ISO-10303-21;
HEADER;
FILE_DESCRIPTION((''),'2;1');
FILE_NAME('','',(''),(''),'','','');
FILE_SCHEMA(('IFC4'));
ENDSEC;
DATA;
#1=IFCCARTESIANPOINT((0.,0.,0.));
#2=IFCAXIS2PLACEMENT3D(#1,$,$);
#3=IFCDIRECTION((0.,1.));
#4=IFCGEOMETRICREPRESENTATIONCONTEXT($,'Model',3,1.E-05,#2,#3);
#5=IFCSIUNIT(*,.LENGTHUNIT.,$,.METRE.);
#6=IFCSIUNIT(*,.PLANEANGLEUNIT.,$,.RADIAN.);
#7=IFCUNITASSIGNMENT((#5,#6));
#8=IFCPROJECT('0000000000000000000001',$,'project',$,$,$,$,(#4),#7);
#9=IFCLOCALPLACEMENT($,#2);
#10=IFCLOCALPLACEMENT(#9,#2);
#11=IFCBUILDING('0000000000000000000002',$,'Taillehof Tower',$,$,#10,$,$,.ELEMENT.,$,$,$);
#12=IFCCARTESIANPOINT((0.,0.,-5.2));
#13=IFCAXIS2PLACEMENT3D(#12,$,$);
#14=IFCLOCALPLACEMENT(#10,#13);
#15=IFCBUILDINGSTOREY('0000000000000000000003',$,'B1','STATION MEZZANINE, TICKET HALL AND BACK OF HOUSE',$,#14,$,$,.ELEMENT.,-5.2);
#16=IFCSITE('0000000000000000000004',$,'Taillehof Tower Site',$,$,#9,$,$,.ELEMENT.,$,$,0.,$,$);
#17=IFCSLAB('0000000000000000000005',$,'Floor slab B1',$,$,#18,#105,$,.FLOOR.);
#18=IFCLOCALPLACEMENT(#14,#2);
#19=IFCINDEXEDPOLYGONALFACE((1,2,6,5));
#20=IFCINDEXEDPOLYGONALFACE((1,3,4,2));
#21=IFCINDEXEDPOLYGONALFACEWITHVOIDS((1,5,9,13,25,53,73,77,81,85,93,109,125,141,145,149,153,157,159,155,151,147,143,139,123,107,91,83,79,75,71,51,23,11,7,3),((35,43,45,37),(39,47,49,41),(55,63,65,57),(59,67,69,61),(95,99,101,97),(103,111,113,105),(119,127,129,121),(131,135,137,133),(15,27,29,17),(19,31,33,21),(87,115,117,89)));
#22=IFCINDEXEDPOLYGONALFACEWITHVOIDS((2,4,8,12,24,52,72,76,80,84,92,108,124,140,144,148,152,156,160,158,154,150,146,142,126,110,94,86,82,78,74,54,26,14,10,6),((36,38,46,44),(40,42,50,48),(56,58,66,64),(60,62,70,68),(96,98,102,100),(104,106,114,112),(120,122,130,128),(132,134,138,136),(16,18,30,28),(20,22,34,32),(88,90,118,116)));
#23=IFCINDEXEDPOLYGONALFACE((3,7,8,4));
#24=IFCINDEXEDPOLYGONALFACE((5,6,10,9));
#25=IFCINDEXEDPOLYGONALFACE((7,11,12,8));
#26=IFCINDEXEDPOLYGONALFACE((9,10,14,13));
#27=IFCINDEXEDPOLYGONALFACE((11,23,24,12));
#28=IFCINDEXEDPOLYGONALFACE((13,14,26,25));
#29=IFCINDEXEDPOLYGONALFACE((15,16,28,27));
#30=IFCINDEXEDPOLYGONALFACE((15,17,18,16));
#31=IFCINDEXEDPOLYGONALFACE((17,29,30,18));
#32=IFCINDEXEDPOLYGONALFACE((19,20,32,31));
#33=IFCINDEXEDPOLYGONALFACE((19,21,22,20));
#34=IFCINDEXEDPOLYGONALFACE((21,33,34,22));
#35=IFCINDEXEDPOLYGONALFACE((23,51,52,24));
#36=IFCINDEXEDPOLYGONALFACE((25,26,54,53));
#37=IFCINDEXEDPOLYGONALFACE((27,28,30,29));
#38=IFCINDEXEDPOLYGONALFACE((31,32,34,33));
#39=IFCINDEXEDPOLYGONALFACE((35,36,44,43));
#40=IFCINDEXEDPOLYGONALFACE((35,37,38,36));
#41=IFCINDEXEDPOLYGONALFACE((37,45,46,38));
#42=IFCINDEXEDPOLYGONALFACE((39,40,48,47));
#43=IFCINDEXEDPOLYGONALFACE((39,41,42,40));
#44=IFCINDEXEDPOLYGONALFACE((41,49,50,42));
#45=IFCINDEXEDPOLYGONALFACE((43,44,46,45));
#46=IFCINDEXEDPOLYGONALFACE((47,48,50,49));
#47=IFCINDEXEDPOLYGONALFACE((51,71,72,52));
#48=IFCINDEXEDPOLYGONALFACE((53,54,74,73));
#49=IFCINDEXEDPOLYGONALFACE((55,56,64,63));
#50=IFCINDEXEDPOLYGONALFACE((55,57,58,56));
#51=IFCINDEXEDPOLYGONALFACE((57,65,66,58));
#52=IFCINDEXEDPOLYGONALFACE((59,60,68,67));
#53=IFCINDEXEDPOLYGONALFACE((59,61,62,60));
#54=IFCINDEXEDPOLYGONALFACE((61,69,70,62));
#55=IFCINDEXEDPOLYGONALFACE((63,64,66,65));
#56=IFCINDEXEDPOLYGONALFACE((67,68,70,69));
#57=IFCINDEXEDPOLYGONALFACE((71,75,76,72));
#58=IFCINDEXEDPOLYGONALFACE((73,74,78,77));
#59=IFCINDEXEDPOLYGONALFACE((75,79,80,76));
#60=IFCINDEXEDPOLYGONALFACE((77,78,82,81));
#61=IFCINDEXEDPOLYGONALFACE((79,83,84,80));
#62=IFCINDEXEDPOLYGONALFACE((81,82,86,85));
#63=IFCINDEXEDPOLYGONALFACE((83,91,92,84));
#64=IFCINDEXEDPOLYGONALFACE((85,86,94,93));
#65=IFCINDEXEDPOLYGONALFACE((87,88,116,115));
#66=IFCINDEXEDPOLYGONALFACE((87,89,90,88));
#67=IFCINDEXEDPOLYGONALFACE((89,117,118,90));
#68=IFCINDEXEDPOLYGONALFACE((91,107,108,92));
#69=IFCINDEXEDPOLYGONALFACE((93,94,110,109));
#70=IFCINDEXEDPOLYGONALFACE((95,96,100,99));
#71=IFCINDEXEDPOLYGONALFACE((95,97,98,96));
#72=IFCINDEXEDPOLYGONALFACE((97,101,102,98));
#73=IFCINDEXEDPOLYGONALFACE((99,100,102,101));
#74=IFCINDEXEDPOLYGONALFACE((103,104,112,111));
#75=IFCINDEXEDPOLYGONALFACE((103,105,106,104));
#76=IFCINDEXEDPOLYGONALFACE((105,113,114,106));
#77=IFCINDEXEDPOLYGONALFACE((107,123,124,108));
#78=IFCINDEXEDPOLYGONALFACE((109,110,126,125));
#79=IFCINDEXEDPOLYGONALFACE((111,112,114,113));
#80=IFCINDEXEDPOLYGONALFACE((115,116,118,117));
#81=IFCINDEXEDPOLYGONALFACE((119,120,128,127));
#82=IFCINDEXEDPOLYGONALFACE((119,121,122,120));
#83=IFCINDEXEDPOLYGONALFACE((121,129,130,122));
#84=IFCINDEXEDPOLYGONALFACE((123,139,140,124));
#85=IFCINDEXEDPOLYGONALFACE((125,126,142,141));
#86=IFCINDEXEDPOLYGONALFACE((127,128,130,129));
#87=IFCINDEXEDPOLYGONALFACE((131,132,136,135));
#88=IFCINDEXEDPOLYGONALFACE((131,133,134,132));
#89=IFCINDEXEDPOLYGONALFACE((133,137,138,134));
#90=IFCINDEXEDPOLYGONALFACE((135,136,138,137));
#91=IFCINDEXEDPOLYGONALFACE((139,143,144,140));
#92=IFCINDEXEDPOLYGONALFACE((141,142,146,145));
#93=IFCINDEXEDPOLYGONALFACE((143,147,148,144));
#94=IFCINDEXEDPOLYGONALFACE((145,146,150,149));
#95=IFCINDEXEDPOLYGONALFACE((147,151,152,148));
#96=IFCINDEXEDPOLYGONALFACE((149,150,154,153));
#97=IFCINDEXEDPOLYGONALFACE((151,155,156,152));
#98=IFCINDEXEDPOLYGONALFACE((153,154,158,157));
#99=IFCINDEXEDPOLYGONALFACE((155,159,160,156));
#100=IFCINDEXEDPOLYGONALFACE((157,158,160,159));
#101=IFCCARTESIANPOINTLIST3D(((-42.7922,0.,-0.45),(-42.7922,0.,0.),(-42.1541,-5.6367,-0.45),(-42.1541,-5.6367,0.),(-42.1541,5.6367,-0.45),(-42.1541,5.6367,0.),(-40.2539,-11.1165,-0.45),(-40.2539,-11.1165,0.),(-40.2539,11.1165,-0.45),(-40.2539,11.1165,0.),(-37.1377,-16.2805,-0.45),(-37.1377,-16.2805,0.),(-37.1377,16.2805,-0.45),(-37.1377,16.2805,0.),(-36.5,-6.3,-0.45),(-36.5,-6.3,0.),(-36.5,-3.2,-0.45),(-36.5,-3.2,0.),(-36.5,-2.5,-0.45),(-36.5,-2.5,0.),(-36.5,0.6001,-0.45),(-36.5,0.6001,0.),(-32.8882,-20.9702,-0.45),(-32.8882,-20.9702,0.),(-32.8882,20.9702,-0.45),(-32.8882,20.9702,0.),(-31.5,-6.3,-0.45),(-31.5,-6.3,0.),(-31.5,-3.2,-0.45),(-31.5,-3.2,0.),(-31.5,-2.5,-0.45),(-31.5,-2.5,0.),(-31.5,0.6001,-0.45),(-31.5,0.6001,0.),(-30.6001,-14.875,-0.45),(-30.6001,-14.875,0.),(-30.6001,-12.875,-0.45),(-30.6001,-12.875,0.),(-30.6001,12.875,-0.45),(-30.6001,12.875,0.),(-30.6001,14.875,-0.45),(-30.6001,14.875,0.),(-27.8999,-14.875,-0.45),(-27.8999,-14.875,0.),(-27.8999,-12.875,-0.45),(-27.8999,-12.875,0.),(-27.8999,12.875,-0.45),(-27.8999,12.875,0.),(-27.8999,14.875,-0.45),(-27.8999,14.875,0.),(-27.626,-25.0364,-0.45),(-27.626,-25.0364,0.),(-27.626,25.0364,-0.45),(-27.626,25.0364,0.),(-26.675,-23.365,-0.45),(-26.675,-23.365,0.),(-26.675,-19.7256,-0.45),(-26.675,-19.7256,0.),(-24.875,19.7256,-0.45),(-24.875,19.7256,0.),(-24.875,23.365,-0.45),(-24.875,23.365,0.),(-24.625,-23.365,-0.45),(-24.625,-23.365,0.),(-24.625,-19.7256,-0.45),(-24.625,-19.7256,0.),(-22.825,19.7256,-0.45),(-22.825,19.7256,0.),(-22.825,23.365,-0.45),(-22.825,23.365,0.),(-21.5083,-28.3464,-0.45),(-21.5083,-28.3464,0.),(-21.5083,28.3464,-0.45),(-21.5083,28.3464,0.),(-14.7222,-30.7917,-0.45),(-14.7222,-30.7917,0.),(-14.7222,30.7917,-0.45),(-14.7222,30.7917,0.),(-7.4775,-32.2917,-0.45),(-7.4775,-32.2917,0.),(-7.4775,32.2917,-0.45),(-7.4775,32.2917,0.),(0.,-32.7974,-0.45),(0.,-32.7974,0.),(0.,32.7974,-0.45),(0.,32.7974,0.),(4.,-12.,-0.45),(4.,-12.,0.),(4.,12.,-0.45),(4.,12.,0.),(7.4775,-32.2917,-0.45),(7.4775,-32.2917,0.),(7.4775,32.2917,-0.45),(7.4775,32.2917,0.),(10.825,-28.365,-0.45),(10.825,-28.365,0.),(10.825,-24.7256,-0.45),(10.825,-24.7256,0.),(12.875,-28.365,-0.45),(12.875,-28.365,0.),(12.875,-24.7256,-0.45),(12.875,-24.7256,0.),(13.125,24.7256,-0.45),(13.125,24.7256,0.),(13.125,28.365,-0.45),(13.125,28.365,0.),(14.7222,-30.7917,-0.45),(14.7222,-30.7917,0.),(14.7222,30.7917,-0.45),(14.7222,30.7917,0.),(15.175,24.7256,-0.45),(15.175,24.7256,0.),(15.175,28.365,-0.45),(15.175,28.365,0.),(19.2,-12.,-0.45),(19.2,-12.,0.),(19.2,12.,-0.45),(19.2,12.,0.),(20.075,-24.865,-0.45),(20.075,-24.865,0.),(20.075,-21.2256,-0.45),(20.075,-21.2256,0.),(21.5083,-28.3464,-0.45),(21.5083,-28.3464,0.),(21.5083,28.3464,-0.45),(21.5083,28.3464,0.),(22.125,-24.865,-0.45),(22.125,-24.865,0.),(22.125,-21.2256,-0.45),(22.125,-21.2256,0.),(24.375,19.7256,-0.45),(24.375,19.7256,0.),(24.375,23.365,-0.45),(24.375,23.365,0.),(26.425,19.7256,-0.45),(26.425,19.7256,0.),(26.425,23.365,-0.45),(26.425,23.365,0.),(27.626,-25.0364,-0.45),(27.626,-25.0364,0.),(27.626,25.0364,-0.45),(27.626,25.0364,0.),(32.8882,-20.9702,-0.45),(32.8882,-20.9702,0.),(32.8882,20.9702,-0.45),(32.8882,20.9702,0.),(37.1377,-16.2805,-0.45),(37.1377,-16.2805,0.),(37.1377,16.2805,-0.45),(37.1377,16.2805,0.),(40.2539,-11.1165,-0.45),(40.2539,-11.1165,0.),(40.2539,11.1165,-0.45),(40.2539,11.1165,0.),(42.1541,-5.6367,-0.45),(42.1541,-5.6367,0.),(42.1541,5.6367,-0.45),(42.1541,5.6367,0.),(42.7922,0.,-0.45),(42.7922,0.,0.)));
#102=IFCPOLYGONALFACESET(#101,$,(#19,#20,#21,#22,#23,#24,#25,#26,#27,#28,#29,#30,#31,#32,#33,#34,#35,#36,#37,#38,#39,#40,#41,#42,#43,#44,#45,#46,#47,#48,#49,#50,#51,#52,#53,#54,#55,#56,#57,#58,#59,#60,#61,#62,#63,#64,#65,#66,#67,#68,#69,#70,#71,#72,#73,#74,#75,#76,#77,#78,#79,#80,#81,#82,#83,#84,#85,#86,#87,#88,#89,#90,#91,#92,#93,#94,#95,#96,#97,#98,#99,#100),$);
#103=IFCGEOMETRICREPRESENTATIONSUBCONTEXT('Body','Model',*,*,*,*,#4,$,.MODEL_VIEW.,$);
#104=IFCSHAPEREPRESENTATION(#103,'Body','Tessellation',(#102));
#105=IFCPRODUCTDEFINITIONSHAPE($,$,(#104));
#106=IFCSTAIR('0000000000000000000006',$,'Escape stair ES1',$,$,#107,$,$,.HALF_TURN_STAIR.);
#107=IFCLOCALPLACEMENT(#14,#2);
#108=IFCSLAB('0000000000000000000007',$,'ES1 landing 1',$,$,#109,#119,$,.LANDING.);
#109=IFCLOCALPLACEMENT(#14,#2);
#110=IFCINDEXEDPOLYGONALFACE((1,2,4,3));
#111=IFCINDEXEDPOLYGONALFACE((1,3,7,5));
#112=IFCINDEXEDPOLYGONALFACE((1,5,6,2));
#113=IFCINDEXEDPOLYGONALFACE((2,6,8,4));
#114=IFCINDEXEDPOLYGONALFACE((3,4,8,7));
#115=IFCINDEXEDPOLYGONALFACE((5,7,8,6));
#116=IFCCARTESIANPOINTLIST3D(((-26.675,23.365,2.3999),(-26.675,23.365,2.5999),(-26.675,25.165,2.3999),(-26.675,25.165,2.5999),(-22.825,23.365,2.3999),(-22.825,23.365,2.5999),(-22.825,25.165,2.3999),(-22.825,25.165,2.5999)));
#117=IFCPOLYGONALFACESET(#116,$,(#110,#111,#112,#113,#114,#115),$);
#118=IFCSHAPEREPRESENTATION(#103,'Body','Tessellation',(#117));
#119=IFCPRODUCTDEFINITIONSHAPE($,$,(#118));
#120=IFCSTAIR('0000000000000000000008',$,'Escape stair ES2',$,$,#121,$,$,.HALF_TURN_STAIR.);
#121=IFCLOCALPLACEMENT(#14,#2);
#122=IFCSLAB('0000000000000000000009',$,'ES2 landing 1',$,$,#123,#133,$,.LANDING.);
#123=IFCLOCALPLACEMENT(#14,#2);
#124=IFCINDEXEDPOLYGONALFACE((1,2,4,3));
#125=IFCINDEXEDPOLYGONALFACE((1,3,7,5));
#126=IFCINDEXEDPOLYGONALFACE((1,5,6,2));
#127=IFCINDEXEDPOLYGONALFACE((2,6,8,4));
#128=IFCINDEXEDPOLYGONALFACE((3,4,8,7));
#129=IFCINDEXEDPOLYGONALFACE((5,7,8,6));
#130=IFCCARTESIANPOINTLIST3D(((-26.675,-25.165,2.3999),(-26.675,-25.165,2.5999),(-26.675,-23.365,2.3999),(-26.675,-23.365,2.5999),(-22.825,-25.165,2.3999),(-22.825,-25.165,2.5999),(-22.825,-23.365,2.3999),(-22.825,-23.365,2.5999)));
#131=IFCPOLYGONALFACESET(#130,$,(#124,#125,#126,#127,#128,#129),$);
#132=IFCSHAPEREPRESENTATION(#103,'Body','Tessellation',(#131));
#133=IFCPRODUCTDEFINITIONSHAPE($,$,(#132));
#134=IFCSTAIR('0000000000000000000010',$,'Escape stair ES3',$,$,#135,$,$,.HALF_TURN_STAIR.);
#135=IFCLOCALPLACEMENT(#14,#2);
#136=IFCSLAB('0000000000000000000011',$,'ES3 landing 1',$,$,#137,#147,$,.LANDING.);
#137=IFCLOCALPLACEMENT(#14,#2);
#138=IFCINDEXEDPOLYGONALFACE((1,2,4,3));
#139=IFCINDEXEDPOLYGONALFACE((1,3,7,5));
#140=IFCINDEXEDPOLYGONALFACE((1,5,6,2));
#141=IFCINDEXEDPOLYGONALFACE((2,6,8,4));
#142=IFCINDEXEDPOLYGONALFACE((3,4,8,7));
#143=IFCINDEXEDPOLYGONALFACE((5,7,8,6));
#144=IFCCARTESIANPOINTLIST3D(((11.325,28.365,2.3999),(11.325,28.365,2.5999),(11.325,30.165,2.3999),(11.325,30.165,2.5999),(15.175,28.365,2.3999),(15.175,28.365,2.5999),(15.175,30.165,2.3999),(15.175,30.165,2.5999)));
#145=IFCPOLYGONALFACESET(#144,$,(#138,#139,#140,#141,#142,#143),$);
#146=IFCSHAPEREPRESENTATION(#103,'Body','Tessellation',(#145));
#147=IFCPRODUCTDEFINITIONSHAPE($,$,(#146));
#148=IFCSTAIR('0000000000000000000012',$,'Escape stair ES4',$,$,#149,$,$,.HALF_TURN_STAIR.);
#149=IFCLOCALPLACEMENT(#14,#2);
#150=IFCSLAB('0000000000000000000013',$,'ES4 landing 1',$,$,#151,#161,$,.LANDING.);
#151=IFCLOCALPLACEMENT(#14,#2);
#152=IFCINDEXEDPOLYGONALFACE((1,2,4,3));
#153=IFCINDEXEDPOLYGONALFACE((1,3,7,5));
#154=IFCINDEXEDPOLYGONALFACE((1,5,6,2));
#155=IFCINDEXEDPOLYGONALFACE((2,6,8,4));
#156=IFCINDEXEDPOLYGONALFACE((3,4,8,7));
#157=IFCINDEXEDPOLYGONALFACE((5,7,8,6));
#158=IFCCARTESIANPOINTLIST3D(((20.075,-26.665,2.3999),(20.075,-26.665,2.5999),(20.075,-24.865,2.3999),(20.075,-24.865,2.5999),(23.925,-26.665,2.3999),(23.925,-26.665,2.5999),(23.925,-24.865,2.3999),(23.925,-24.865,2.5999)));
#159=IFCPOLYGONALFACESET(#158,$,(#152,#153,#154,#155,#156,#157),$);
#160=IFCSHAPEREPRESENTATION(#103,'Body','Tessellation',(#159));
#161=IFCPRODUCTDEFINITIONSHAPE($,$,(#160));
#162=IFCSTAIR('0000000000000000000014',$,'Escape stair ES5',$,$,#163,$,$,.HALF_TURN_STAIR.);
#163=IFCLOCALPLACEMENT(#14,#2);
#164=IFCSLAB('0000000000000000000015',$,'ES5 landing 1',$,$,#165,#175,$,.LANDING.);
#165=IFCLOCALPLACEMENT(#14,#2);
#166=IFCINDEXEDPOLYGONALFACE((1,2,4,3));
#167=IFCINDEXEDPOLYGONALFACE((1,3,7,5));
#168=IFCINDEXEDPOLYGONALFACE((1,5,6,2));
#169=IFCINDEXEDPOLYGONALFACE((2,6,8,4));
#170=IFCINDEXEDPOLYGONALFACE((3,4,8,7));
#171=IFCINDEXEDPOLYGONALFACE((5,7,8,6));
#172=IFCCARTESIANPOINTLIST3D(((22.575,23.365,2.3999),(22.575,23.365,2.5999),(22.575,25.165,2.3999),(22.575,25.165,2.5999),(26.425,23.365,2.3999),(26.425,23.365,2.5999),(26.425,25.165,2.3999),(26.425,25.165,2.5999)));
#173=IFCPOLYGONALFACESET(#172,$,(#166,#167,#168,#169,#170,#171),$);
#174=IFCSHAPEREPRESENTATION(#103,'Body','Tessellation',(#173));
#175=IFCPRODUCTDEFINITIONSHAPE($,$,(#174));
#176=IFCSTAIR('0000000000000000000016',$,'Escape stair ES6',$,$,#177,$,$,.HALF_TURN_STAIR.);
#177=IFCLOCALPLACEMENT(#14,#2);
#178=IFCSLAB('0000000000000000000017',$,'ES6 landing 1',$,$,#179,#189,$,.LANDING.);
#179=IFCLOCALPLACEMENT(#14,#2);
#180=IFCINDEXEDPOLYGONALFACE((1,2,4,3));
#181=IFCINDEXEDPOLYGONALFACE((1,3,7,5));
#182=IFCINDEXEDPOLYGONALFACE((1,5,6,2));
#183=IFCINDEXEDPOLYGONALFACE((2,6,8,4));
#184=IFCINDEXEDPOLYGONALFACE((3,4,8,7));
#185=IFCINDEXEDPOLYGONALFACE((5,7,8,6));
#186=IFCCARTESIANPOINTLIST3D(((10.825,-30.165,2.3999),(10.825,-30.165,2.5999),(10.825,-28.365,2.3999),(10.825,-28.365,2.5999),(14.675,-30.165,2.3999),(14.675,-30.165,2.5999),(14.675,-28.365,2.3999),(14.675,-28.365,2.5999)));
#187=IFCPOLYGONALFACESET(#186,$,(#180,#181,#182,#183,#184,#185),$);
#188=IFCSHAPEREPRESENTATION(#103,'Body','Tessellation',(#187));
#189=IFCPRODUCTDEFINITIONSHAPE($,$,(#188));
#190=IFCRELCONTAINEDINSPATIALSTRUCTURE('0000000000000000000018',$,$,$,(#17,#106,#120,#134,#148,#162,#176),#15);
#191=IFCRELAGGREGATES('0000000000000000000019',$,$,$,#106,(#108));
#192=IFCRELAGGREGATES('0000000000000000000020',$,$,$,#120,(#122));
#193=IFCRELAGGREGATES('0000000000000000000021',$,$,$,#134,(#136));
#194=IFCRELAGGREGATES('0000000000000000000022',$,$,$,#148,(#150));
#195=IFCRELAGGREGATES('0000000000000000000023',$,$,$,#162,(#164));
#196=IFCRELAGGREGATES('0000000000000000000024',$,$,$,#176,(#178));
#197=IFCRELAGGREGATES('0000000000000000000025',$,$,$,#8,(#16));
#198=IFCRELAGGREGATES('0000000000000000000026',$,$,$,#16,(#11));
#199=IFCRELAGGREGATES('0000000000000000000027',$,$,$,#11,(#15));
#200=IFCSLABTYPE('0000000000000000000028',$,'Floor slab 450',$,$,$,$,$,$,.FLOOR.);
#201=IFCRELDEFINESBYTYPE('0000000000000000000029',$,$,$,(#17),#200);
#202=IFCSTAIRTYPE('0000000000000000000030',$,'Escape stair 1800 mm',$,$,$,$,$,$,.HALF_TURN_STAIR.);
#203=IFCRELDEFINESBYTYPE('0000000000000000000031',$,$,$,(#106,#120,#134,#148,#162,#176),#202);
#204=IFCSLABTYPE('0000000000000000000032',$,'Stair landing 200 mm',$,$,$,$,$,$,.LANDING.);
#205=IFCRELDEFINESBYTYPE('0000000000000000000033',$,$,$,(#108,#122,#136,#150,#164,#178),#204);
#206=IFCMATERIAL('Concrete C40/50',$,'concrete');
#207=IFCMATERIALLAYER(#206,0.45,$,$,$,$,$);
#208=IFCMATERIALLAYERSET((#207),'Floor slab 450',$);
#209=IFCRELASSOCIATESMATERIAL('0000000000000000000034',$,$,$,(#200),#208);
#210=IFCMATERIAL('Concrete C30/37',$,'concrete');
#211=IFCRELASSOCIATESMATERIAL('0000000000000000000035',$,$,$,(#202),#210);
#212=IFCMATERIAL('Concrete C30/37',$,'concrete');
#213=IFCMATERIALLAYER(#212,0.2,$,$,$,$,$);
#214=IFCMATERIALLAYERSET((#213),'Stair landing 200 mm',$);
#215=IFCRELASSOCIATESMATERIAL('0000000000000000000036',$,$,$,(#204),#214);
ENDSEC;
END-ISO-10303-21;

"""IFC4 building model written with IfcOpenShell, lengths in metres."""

from ifc_helpers import new_model, si_unit, direction, frame, origin, place, context, subcontext, project, spatial, polyline, outline, extrude, material, layer, layer_set, type_object, element, aggregate, save


model = new_model("IFC4")

# Units and contexts
model_context = context("Model", 3, precision=1e-05, world=origin(), true_north=direction((0.0, 1.0)))
body_context = subcontext(model_context, "Body", "Model", "MODEL_VIEW")
ifc_project = project(units=[si_unit("LENGTHUNIT", "METRE"), si_unit("PLANEANGLEUNIT", "RADIAN")], contexts=[model_context])

# Site, building, storey
site_placement = place(None, origin())
site = spatial("IfcSite", under=ifc_project, at=site_placement, Name="Taillehof Tower Site", CompositionType="ELEMENT", RefElevation=0.0)
building_placement = place(site_placement, origin())
building = spatial("IfcBuilding", under=site, at=building_placement, Name="Taillehof Tower", CompositionType="ELEMENT")
storey_placement = place(building_placement, frame((0.0, 0.0, -5.2)))
storey = spatial("IfcBuildingStorey", under=building, at=storey_placement, Name="B1", Description="STATION MEZZANINE, TICKET HALL AND BACK OF HOUSE", CompositionType="ELEMENT", Elevation=-5.2)

# Slab
ifc_material_1 = material(Name="Concrete C40/50", Category="concrete")
ifc_layer_1 = layer(ifc_material_1, 0.45)
ifc_layer_set_1 = layer_set([ifc_layer_1], Name="Floor slab 450")
slab_type_1 = type_object("IfcSlabType", Name="Floor slab 450", PredefinedType="FLOOR", material=ifc_layer_set_1)
slab_1_placement = place(storey_placement, frame((0.0, 0.0, -0.45)))
element("IfcSlab", 1, at=slab_1_placement, inside=storey, type_object=slab_type_1, Name="Floor slab B1", PredefinedType="FLOOR", context=body_context, shape_type="SweptSolid", body=[
    extrude(outline(polyline([(42.7922, 0.0), (42.1541, 5.6367), (40.2539, 11.1165), (37.1377, 16.2805), (32.8882, 20.9702), (27.626, 25.0364), (21.5083, 28.3464), (14.7222, 30.7917), (7.4775, 32.2917), (0.0, 32.7974), (-7.4775, 32.2917), (-14.7222, 30.7917), (-21.5083, 28.3464), (-27.626, 25.0364), (-32.8882, 20.9702), (-37.1377, 16.2805), (-40.2539, 11.1165), (-42.1541, 5.6367), (-42.7922, 0.0), (-42.1541, -5.6367), (-40.2539, -11.1165), (-37.1377, -16.2805), (-32.8882, -20.9702), (-27.626, -25.0364), (-21.5083, -28.3464), (-14.7222, -30.7917), (-7.4775, -32.2917), (0.0, -32.7974), (7.4775, -32.2917), (14.7222, -30.7917), (21.5083, -28.3464), (27.626, -25.0364), (32.8882, -20.9702), (37.1377, -16.2805), (40.2539, -11.1165), (42.1541, -5.6367), (42.7922, 0.0)]), holes=[polyline([(-26.675, -19.7256), (-24.625, -19.7256), (-24.625, -23.365), (-26.675, -23.365), (-26.675, -19.7256)]), polyline([(-27.8999, -12.875), (-27.8999, -14.875), (-30.6001, -14.875), (-30.6001, -12.875), (-27.8999, -12.875)]), polyline([(-31.5, -6.3), (-36.5, -6.3), (-36.5, -3.2), (-31.5, -3.2), (-31.5, -6.3)]), polyline([(-36.5, -2.5), (-36.5, 0.6001), (-31.5, 0.6001), (-31.5, -2.5), (-36.5, -2.5)]), polyline([(-30.6001, 12.875), (-30.6001, 14.875), (-27.8999, 14.875), (-27.8999, 12.875), (-30.6001, 12.875)]), polyline([(-22.825, 19.7256), (-24.875, 19.7256), (-24.875, 23.365), (-22.825, 23.365), (-22.825, 19.7256)]), polyline([(12.875, -24.7256), (12.875, -28.365), (10.825, -28.365), (10.825, -24.7256), (12.875, -24.7256)]), polyline([(22.125, -21.2256), (22.125, -24.865), (20.075, -24.865), (20.075, -21.2256), (22.125, -21.2256)]), polyline([(19.2, -12.0), (4.0, -12.0), (4.0, 12.0), (19.2, 12.0), (19.2, -12.0)]), polyline([(24.375, 19.7256), (24.375, 23.365), (26.425, 23.365), (26.425, 19.7256), (24.375, 19.7256)]), polyline([(13.125, 24.7256), (13.125, 28.365), (15.175, 28.365), (15.175, 24.7256), (13.125, 24.7256)])]), origin(), (0.0, 0.0, 1.0), 0.45),
])

# Stairs, slabs
ifc_material_2 = material(Name="Concrete C30/37", Category="concrete")
stair_type_1 = type_object("IfcStairType", Name="Escape stair 1800 mm", PredefinedType="HALF_TURN_STAIR", material=ifc_material_2)
stair_1_placement = place(storey_placement, origin())
stair_1 = element("IfcStair", 2, at=stair_1_placement, inside=storey, type_object=stair_type_1, Name="Escape stair ES1", PredefinedType="HALF_TURN_STAIR")
ifc_material_3 = material(Name="Concrete C30/37", Category="concrete")
ifc_layer_2 = layer(ifc_material_3, 0.2)
ifc_layer_set_2 = layer_set([ifc_layer_2], Name="Stair landing 200 mm")
slab_type_2 = type_object("IfcSlabType", Name="Stair landing 200 mm", PredefinedType="LANDING", material=ifc_layer_set_2)
slab_2_placement = place(storey_placement, frame((0.0, 0.0, 2.3999)))
slab_2 = element("IfcSlab", 3, at=slab_2_placement, type_object=slab_type_2, Name="ES1 landing 1", PredefinedType="LANDING", context=body_context, shape_type="SweptSolid", body=[
    extrude(outline(polyline([(-26.675, 23.365), (-22.825, 23.365), (-22.825, 25.165), (-26.675, 25.165), (-26.675, 23.365)])), origin(), (0.0, 0.0, 1.0), 0.2),
])
aggregate(stair_1, [slab_2])
stair_2_placement = place(storey_placement, origin())
stair_2 = element("IfcStair", 4, at=stair_2_placement, inside=storey, type_object=stair_type_1, Name="Escape stair ES2", PredefinedType="HALF_TURN_STAIR")
slab_3_placement = place(storey_placement, frame((0.0, 0.0, 2.3999)))
slab_3 = element("IfcSlab", 5, at=slab_3_placement, type_object=slab_type_2, Name="ES2 landing 1", PredefinedType="LANDING", context=body_context, shape_type="SweptSolid", body=[
    extrude(outline(polyline([(-22.825, -23.365), (-26.675, -23.365), (-26.675, -25.165), (-22.825, -25.165), (-22.825, -23.365)])), origin(), (0.0, 0.0, 1.0), 0.2),
])
aggregate(stair_2, [slab_3])
stair_3_placement = place(storey_placement, origin())
stair_3 = element("IfcStair", 6, at=stair_3_placement, inside=storey, type_object=stair_type_1, Name="Escape stair ES3", PredefinedType="HALF_TURN_STAIR")
slab_4_placement = place(storey_placement, frame((0.0, 0.0, 2.3999)))
slab_4 = element("IfcSlab", 7, at=slab_4_placement, type_object=slab_type_2, Name="ES3 landing 1", PredefinedType="LANDING", context=body_context, shape_type="SweptSolid", body=[
    extrude(outline(polyline([(11.325, 28.365), (15.175, 28.365), (15.175, 30.165), (11.325, 30.165), (11.325, 28.365)])), origin(), (0.0, 0.0, 1.0), 0.2),
])
aggregate(stair_3, [slab_4])
stair_4_placement = place(storey_placement, origin())
stair_4 = element("IfcStair", 8, at=stair_4_placement, inside=storey, type_object=stair_type_1, Name="Escape stair ES4", PredefinedType="HALF_TURN_STAIR")
slab_5_placement = place(storey_placement, frame((0.0, 0.0, 2.3999)))
slab_5 = element("IfcSlab", 9, at=slab_5_placement, type_object=slab_type_2, Name="ES4 landing 1", PredefinedType="LANDING", context=body_context, shape_type="SweptSolid", body=[
    extrude(outline(polyline([(23.925, -24.865), (20.075, -24.865), (20.075, -26.665), (23.925, -26.665), (23.925, -24.865)])), origin(), (0.0, 0.0, 1.0), 0.2),
])
aggregate(stair_4, [slab_5])
stair_5_placement = place(storey_placement, origin())
stair_5 = element("IfcStair", 10, at=stair_5_placement, inside=storey, type_object=stair_type_1, Name="Escape stair ES5", PredefinedType="HALF_TURN_STAIR")
slab_6_placement = place(storey_placement, frame((0.0, 0.0, 2.3999)))
slab_6 = element("IfcSlab", 11, at=slab_6_placement, type_object=slab_type_2, Name="ES5 landing 1", PredefinedType="LANDING", context=body_context, shape_type="SweptSolid", body=[
    extrude(outline(polyline([(22.575, 23.365), (26.425, 23.365), (26.425, 25.165), (22.575, 25.165), (22.575, 23.365)])), origin(), (0.0, 0.0, 1.0), 0.2),
])
aggregate(stair_5, [slab_6])
stair_6_placement = place(storey_placement, origin())
stair_6 = element("IfcStair", 12, at=stair_6_placement, inside=storey, type_object=stair_type_1, Name="Escape stair ES6", PredefinedType="HALF_TURN_STAIR")
slab_7_placement = place(storey_placement, frame((0.0, 0.0, 2.3999)))
slab_7 = element("IfcSlab", 13, at=slab_7_placement, type_object=slab_type_2, Name="ES6 landing 1", PredefinedType="LANDING", context=body_context, shape_type="SweptSolid", body=[
    extrude(outline(polyline([(14.675, -28.365), (10.825, -28.365), (10.825, -30.165), (14.675, -30.165), (14.675, -28.365)])), origin(), (0.0, 0.0, 1.0), 0.2),
])
aggregate(stair_6, [slab_7])

save(model, "model.ifc")
